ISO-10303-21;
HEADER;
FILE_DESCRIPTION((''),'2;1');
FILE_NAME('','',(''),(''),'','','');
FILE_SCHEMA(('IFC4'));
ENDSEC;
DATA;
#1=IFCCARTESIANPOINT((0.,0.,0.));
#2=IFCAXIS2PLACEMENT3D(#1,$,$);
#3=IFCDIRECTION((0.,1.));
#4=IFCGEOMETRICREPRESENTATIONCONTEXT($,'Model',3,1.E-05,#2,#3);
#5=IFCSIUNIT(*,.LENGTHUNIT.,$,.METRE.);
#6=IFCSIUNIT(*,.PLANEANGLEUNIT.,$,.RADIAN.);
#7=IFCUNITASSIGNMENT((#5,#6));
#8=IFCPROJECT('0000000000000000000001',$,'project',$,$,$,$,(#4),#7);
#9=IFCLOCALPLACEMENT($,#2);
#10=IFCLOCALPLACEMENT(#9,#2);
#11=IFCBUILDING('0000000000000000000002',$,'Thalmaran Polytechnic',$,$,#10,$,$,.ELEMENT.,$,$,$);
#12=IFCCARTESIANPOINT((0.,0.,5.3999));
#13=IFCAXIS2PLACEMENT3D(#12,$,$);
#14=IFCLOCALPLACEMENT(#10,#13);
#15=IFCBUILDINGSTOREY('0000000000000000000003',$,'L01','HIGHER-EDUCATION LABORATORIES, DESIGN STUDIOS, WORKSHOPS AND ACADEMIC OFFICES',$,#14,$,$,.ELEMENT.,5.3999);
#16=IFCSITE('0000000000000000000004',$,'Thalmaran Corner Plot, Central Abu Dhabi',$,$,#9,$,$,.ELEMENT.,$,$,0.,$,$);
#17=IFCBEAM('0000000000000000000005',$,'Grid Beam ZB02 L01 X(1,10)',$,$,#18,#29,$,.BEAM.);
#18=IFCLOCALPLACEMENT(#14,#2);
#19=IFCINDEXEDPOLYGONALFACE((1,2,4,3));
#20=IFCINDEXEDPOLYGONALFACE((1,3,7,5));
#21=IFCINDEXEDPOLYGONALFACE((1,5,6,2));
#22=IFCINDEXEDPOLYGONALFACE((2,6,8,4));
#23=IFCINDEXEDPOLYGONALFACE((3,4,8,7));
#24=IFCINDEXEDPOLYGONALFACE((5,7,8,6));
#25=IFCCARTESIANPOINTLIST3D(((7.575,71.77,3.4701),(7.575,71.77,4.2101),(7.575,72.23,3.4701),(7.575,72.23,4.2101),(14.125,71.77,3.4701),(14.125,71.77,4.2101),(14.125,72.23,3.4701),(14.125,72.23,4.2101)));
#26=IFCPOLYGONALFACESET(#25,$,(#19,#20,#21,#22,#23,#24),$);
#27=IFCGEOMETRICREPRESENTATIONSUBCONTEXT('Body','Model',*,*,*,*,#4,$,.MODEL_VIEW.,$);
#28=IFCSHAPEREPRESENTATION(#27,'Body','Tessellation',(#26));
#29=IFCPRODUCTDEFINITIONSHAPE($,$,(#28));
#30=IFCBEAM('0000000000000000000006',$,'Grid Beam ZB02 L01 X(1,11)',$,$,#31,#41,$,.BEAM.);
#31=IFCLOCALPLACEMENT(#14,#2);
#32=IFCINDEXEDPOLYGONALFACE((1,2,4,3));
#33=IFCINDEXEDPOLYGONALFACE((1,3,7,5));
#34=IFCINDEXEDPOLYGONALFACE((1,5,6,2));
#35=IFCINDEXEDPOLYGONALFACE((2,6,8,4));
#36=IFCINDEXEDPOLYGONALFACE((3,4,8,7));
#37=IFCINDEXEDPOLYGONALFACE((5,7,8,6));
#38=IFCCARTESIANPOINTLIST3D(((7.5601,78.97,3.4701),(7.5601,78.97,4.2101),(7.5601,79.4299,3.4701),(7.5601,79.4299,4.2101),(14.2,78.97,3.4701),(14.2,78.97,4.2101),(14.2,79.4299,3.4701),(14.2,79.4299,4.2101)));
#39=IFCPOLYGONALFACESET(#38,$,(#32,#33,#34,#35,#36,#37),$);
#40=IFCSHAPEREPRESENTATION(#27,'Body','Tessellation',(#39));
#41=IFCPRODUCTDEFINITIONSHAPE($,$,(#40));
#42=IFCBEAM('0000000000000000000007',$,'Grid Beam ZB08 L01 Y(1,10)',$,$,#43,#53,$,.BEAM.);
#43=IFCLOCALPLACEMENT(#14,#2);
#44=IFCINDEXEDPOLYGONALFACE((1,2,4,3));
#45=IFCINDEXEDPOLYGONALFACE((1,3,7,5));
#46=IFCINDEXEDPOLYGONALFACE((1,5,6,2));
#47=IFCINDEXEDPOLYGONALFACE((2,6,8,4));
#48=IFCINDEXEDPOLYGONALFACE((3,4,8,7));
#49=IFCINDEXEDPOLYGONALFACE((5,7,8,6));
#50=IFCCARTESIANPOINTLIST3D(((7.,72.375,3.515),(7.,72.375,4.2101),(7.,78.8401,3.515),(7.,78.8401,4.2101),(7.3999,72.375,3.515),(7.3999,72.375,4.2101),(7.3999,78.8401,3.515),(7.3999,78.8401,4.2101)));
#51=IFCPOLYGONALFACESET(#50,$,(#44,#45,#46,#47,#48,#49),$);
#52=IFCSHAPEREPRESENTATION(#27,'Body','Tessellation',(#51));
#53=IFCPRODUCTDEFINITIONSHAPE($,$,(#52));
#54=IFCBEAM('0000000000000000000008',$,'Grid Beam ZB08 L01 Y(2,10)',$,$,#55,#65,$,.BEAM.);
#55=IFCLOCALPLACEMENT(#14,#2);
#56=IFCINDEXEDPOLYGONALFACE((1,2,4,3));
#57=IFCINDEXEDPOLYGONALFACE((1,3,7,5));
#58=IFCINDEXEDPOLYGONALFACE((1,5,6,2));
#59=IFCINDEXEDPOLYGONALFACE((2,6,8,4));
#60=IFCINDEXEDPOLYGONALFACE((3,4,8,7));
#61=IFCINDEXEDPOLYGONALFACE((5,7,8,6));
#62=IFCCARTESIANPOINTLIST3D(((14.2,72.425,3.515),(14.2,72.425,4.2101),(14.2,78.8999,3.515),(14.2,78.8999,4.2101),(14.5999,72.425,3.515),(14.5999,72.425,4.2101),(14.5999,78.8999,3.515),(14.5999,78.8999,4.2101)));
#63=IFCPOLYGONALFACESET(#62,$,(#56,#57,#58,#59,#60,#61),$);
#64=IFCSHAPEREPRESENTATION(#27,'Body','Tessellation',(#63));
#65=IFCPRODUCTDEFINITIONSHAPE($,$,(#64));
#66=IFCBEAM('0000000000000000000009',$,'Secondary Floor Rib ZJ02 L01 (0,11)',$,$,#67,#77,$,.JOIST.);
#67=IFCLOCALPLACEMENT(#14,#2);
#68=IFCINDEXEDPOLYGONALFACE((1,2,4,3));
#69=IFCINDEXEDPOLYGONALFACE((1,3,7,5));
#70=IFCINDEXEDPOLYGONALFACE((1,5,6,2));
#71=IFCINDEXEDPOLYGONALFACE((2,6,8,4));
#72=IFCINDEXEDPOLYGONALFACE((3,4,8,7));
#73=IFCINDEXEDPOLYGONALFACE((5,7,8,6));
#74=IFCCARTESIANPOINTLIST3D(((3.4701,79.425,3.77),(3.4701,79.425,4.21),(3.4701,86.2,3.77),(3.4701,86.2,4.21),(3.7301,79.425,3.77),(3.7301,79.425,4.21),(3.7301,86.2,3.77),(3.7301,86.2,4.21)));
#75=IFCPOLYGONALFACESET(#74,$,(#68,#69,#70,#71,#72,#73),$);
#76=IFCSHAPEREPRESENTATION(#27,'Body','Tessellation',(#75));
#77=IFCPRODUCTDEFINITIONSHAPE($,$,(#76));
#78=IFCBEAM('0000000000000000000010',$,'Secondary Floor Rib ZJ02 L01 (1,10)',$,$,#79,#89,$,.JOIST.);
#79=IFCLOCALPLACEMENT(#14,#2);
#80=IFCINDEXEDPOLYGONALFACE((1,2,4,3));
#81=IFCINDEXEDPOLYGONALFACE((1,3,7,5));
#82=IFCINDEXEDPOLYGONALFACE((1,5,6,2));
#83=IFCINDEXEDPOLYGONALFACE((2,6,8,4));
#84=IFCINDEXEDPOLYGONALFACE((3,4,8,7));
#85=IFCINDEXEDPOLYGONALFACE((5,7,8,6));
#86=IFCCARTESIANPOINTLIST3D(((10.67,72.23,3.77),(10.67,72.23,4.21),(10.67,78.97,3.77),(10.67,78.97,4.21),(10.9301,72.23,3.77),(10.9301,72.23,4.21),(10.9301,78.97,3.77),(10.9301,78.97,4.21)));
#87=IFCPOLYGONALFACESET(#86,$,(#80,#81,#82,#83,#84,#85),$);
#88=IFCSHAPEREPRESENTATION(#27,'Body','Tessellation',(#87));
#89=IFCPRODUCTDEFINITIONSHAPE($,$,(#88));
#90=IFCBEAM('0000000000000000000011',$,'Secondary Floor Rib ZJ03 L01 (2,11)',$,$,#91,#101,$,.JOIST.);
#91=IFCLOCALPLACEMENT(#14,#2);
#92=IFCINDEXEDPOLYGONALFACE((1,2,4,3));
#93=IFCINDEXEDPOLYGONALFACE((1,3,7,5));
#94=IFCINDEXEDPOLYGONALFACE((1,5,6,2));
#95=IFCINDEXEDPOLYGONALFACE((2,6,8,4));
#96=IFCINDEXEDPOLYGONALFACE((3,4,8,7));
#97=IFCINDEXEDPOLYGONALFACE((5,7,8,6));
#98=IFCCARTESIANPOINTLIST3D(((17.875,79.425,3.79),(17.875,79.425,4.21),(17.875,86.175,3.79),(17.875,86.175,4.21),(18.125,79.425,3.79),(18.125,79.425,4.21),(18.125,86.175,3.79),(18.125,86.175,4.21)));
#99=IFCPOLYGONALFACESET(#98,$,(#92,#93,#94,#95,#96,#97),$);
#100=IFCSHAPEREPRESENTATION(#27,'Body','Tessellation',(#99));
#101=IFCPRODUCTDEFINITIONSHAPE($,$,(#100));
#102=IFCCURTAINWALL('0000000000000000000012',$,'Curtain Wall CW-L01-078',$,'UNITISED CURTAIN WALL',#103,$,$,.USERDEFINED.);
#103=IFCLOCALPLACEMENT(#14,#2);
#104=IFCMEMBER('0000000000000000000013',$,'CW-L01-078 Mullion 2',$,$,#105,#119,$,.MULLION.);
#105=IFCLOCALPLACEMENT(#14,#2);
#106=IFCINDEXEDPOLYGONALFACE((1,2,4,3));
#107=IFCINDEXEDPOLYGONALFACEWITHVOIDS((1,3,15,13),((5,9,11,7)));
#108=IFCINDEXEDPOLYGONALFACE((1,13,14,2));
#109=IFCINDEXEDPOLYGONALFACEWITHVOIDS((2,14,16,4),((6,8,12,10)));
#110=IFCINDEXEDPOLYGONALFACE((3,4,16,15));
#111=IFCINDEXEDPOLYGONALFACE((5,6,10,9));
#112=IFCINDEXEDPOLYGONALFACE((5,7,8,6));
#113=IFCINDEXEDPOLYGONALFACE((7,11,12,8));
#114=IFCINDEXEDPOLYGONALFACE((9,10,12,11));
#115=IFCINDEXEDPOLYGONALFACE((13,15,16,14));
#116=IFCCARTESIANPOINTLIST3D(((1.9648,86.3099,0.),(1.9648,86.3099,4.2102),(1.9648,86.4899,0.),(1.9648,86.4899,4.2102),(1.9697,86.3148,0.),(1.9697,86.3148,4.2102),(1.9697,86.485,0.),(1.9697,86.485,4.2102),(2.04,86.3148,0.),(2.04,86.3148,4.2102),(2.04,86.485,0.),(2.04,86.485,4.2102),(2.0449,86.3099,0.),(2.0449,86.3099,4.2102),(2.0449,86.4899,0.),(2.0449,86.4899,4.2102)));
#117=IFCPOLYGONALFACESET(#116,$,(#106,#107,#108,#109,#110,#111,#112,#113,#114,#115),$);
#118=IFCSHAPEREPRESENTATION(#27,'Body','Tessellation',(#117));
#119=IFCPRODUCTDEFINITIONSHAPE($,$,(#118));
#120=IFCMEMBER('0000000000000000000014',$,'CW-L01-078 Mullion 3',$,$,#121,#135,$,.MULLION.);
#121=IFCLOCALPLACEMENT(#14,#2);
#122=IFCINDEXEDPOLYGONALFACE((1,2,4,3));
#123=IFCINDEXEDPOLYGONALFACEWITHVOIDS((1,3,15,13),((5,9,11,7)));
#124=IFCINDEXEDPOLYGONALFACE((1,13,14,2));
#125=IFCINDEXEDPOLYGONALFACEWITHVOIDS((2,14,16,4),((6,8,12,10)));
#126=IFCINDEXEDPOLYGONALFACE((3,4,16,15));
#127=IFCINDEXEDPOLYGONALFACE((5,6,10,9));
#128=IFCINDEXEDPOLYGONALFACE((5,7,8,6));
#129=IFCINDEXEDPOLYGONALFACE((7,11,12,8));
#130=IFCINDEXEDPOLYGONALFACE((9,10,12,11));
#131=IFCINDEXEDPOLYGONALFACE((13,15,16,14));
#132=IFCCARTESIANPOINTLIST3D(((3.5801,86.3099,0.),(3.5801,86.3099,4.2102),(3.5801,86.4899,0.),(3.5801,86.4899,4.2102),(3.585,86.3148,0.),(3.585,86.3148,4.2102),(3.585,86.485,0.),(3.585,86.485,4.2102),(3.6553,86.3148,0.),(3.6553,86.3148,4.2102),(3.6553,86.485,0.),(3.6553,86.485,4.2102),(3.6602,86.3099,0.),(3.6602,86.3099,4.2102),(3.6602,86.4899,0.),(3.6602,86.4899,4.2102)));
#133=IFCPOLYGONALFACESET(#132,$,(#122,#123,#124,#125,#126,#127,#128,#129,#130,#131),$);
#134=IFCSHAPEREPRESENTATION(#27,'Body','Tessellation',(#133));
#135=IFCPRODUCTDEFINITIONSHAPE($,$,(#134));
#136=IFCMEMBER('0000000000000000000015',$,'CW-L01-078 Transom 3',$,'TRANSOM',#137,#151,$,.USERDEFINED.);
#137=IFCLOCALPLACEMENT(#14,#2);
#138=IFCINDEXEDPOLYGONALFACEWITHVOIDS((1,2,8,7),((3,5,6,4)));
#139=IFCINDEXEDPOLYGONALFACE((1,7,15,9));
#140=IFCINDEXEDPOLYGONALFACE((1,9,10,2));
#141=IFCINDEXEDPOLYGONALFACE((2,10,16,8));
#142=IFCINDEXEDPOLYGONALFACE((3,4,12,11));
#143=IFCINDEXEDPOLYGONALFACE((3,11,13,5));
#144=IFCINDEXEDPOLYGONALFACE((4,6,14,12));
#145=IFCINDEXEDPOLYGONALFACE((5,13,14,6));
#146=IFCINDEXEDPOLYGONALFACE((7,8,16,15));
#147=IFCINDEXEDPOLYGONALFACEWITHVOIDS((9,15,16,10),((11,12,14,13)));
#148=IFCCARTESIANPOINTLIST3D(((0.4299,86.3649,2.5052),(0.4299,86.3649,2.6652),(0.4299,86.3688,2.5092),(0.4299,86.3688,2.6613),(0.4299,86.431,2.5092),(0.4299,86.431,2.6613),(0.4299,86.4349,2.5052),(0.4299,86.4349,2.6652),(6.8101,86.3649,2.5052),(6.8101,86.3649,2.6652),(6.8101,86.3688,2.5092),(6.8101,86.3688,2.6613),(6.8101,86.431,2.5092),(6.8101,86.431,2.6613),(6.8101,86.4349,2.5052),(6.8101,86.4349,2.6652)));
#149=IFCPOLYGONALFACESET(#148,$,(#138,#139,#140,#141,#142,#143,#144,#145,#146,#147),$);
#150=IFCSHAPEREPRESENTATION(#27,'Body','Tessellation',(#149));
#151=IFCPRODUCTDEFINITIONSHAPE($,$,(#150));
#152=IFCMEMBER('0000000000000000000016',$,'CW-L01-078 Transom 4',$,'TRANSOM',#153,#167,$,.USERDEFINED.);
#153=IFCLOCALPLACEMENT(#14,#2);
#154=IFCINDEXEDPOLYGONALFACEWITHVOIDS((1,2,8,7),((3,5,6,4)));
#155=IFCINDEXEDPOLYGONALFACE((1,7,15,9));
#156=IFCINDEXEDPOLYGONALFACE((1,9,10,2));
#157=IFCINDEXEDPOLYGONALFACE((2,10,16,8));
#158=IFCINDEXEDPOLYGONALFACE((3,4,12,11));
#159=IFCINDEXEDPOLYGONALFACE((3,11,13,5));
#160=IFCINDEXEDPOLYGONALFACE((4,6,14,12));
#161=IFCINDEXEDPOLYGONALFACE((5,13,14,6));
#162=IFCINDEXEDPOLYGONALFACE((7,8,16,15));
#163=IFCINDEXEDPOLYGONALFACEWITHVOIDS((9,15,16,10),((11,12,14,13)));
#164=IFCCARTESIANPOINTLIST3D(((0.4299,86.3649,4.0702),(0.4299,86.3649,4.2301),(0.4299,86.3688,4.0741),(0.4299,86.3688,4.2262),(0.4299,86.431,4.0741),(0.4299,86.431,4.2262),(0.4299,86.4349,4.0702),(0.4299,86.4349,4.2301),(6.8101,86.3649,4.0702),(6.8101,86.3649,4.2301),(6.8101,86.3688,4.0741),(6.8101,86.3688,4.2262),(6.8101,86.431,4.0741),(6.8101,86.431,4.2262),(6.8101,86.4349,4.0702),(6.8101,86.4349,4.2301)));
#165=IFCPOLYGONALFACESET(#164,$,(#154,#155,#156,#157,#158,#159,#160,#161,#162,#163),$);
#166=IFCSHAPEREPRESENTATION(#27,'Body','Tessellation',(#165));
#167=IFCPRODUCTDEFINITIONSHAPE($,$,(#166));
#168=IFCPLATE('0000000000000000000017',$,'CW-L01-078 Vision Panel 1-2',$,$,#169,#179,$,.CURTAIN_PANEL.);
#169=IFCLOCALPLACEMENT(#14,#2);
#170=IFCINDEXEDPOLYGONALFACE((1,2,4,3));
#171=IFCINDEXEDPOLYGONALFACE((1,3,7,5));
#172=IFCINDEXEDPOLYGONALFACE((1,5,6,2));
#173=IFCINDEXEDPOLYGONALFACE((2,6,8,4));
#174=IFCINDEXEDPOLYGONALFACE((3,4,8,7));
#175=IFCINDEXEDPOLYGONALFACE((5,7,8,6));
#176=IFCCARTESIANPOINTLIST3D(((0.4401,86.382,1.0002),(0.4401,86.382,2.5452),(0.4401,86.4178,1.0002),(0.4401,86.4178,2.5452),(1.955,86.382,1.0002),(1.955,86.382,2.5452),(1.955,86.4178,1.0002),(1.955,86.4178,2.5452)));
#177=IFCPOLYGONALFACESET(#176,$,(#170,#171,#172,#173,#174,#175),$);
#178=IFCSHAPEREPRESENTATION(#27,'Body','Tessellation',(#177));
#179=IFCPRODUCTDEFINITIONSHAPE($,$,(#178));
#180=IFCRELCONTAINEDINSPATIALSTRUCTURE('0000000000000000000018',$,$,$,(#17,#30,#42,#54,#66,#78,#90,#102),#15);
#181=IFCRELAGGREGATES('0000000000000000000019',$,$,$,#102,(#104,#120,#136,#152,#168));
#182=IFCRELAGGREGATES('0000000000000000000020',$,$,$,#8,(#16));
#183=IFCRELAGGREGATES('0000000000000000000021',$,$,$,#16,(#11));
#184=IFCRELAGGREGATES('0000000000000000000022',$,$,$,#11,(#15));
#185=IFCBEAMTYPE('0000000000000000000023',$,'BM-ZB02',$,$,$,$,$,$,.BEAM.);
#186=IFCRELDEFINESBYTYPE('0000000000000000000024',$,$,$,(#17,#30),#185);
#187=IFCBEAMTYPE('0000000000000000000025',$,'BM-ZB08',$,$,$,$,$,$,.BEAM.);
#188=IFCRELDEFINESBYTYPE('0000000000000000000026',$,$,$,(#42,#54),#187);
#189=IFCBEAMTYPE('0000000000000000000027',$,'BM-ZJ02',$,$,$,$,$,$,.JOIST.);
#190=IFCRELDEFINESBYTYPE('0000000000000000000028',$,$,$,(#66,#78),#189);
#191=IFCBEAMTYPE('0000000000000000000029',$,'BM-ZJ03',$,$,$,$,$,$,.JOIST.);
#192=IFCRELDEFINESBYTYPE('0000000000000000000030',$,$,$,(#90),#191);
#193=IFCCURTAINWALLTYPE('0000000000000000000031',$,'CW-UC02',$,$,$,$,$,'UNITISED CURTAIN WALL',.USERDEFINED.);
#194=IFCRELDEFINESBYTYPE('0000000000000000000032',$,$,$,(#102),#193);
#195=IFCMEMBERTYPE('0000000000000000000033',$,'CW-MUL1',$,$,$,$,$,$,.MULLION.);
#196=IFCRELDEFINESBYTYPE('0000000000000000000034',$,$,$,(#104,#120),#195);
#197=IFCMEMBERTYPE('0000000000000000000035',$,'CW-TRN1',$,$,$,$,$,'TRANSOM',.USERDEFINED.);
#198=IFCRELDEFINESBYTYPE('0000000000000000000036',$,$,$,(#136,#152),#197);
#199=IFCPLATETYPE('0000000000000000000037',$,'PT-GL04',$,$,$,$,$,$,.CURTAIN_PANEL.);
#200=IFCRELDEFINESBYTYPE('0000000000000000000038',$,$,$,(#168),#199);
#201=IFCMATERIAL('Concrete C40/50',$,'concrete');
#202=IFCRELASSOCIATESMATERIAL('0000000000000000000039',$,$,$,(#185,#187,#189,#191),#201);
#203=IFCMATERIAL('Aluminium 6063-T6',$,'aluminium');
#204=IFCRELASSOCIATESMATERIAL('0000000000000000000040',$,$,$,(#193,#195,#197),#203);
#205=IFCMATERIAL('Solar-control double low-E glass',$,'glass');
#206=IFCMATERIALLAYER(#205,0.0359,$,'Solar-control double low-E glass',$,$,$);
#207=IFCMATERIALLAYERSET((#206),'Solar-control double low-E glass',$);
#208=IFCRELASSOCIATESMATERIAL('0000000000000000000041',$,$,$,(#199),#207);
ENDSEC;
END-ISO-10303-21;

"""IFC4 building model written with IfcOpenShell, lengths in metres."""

from ifc_helpers import new_model, si_unit, direction, frame, origin, origin_2d, place, context, subcontext, project, spatial, rectangle, hollow_rectangle, extrude, material, layer, layer_set, material_profile, profile_set, type_object, element, aggregate, save


model = new_model("IFC4")

# Units and contexts
model_context = context("Model", 3, precision=1e-05, world=origin(), true_north=direction((0.0, 1.0)))
body_context = subcontext(model_context, "Body", "Model", "MODEL_VIEW")
ifc_project = project(units=[si_unit("LENGTHUNIT", "METRE"), si_unit("PLANEANGLEUNIT", "RADIAN")], contexts=[model_context])

# Site, building, storey
site_placement = place(None, origin())
site = spatial("IfcSite", under=ifc_project, at=site_placement, Name="Thalmaran Corner Plot, Central Abu Dhabi", CompositionType="ELEMENT", RefElevation=0.0)
building_placement = place(site_placement, origin())
building = spatial("IfcBuilding", under=site, at=building_placement, Name="Thalmaran Polytechnic", CompositionType="ELEMENT")
storey_placement = place(building_placement, frame((0.0, 0.0, 5.3999)))
storey = spatial("IfcBuildingStorey", under=building, at=storey_placement, Name="L01", Description="HIGHER-EDUCATION LABORATORIES, DESIGN STUDIOS, WORKSHOPS AND ACADEMIC OFFICES", CompositionType="ELEMENT", Elevation=5.3999)

# Shared definitions
ifc_material_1 = material(Name="Concrete C40/50", Category="concrete")

# Beams
ifc_material_profile_1 = material_profile(ifc_material_1, rectangle(XDim=0.46, YDim=0.74, at=origin_2d()), Name="RC 460x740")
ifc_profile_set_1 = profile_set([ifc_material_profile_1], Name="Concrete C40/50")
beam_type_1 = type_object("IfcBeamType", Name="BM-ZB02", PredefinedType="BEAM", material=ifc_profile_set_1)
beam_1_placement = place(storey_placement, frame((7.575, 72.0, 3.8401), z_axis=(1.0, 0.0, 0.0), x_axis=(0.0, 1.0, 0.0)))
element("IfcBeam", 1, at=beam_1_placement, inside=storey, type_object=beam_type_1, Name="Grid Beam ZB02 L01 X(1,10)", PredefinedType="BEAM", context=body_context, shape_type="SweptSolid", body=[
    extrude(rectangle(XDim=0.46, YDim=0.74, at=origin_2d()), origin(), (0.0, 0.0, 1.0), 6.55),
])
beam_2_placement = place(storey_placement, frame((7.5601, 79.2, 3.8401), z_axis=(1.0, 0.0, 0.0), x_axis=(0.0, 1.0, 0.0)))
element("IfcBeam", 2, at=beam_2_placement, inside=storey, type_object=beam_type_1, Name="Grid Beam ZB02 L01 X(1,11)", PredefinedType="BEAM", context=body_context, shape_type="SweptSolid", body=[
    extrude(rectangle(XDim=0.46, YDim=0.74, at=origin_2d()), origin(), (0.0, 0.0, 1.0), 6.6399),
])
ifc_material_profile_2 = material_profile(ifc_material_1, rectangle(XDim=0.3999, YDim=0.6951, at=origin_2d()), Name="RC 400x695")
ifc_profile_set_2 = profile_set([ifc_material_profile_2], Name="Concrete C40/50")
beam_type_2 = type_object("IfcBeamType", Name="BM-ZB08", PredefinedType="BEAM", material=ifc_profile_set_2)
beam_3_placement = place(storey_placement, frame((7.2, 72.375, 3.8625), z_axis=(0.0, 1.0, 0.0), x_axis=(-1.0, 0.0, 0.0)))
element("IfcBeam", 3, at=beam_3_placement, inside=storey, type_object=beam_type_2, Name="Grid Beam ZB08 L01 Y(1,10)", PredefinedType="BEAM", context=body_context, shape_type="SweptSolid", body=[
    extrude(rectangle(XDim=0.3999, YDim=0.6951, at=origin_2d()), origin(), (0.0, 0.0, 1.0), 6.4651),
])
beam_4_placement = place(storey_placement, frame((14.3999, 72.425, 3.8625), z_axis=(0.0, 1.0, 0.0), x_axis=(-1.0, 0.0, 0.0)))
element("IfcBeam", 4, at=beam_4_placement, inside=storey, type_object=beam_type_2, Name="Grid Beam ZB08 L01 Y(2,10)", PredefinedType="BEAM", context=body_context, shape_type="SweptSolid", body=[
    extrude(rectangle(XDim=0.3999, YDim=0.6951, at=origin_2d()), origin(), (0.0, 0.0, 1.0), 6.4749),
])
ifc_material_profile_3 = material_profile(ifc_material_1, rectangle(XDim=0.26, YDim=0.4399, at=origin_2d()), Name="RC 260x440")
ifc_profile_set_3 = profile_set([ifc_material_profile_3], Name="Concrete C40/50")
beam_type_3 = type_object("IfcBeamType", Name="BM-ZJ02", PredefinedType="JOIST", material=ifc_profile_set_3)
beam_5_placement = place(storey_placement, frame((3.6001, 79.425, 3.99), z_axis=(0.0, 1.0, 0.0), x_axis=(-1.0, 0.0, 0.0)))
element("IfcBeam", 5, at=beam_5_placement, inside=storey, type_object=beam_type_3, Name="Secondary Floor Rib ZJ02 L01 (0,11)", PredefinedType="JOIST", context=body_context, shape_type="SweptSolid", body=[
    extrude(rectangle(XDim=0.26, YDim=0.4399, at=origin_2d()), origin(), (0.0, 0.0, 1.0), 6.7749),
])
beam_6_placement = place(storey_placement, frame((10.8, 72.23, 3.99), z_axis=(0.0, 1.0, 0.0), x_axis=(-1.0, 0.0, 0.0)))
element("IfcBeam", 6, at=beam_6_placement, inside=storey, type_object=beam_type_3, Name="Secondary Floor Rib ZJ02 L01 (1,10)", PredefinedType="JOIST", context=body_context, shape_type="SweptSolid", body=[
    extrude(rectangle(XDim=0.26, YDim=0.4399, at=origin_2d()), origin(), (0.0, 0.0, 1.0), 6.74),
])
ifc_material_profile_4 = material_profile(ifc_material_1, rectangle(XDim=0.25, YDim=0.4199, at=origin_2d()), Name="RC 250x420")
ifc_profile_set_4 = profile_set([ifc_material_profile_4], Name="Concrete C40/50")
beam_type_4 = type_object("IfcBeamType", Name="BM-ZJ03", PredefinedType="JOIST", material=ifc_profile_set_4)
beam_7_placement = place(storey_placement, frame((18.0, 79.425, 4.0), z_axis=(0.0, 1.0, 0.0), x_axis=(-1.0, 0.0, 0.0)))
element("IfcBeam", 7, at=beam_7_placement, inside=storey, type_object=beam_type_4, Name="Secondary Floor Rib ZJ03 L01 (2,11)", PredefinedType="JOIST", context=body_context, shape_type="SweptSolid", body=[
    extrude(rectangle(XDim=0.25, YDim=0.4199, at=origin_2d()), origin(), (0.0, 0.0, 1.0), 6.75),
])

# Curtain wall, members, plate
ifc_material_2 = material(Name="Aluminium 6063-T6", Category="aluminium")
curtain_wall_type = type_object("IfcCurtainWallType", Name="CW-UC02", ElementType="UNITISED CURTAIN WALL", PredefinedType="USERDEFINED", material=ifc_material_2)
curtain_wall_placement = place(storey_placement, origin())
curtain_wall = element("IfcCurtainWall", 8, at=curtain_wall_placement, inside=storey, type_object=curtain_wall_type, Name="Curtain Wall CW-L01-078", ObjectType="UNITISED CURTAIN WALL", PredefinedType="USERDEFINED")
ifc_material_profile_5 = material_profile(ifc_material_2, hollow_rectangle(XDim=0.0801, YDim=0.1799, WallThickness=0.0049, at=origin_2d()), Name="RHS 180x80x5.0")
ifc_profile_set_5 = profile_set([ifc_material_profile_5], Name="Aluminium 6063-T6")
member_type_1 = type_object("IfcMemberType", Name="CW-MUL1", PredefinedType="MULLION", material=ifc_profile_set_5)
member_1_placement = place(storey_placement, frame((2.0049, 86.3999, 0.0), z_axis=(0.0, 0.0, 1.0), x_axis=(1.0, 0.0, 0.0)))
member_1 = element("IfcMember", 9, at=member_1_placement, type_object=member_type_1, Name="CW-L01-078 Mullion 2", PredefinedType="MULLION", context=body_context, shape_type="SweptSolid", body=[
    extrude(hollow_rectangle(XDim=0.0801, YDim=0.1799, WallThickness=0.0049, at=origin_2d()), origin(), (0.0, 0.0, 1.0), 4.2102),
])
member_2_placement = place(storey_placement, frame((3.6201, 86.3999, 0.0), z_axis=(0.0, 0.0, 1.0), x_axis=(1.0, 0.0, 0.0)))
member_2 = element("IfcMember", 10, at=member_2_placement, type_object=member_type_1, Name="CW-L01-078 Mullion 3", PredefinedType="MULLION", context=body_context, shape_type="SweptSolid", body=[
    extrude(hollow_rectangle(XDim=0.0801, YDim=0.1799, WallThickness=0.0049, at=origin_2d()), origin(), (0.0, 0.0, 1.0), 4.2102),
])
ifc_material_profile_6 = material_profile(ifc_material_2, hollow_rectangle(XDim=0.0701, YDim=0.1599, WallThickness=0.0039, at=origin_2d()), Name="AL 160x70x4.0")
ifc_profile_set_6 = profile_set([ifc_material_profile_6], Name="Aluminium 6063-T6")
member_type_2 = type_object("IfcMemberType", Name="CW-TRN1", ElementType="TRANSOM", PredefinedType="USERDEFINED", material=ifc_profile_set_6)
member_3_placement = place(storey_placement, frame((0.4299, 86.3999, 2.5852), z_axis=(1.0, 0.0, 0.0), x_axis=(0.0, 1.0, 0.0)))
member_3 = element("IfcMember", 11, at=member_3_placement, type_object=member_type_2, Name="CW-L01-078 Transom 3", ObjectType="TRANSOM", PredefinedType="USERDEFINED", context=body_context, shape_type="SweptSolid", body=[
    extrude(hollow_rectangle(XDim=0.0701, YDim=0.1599, WallThickness=0.0039, at=origin_2d()), origin(), (0.0, 0.0, 1.0), 6.3801),
])
member_4_placement = place(storey_placement, frame((0.4299, 86.3999, 4.1501), z_axis=(1.0, 0.0, 0.0), x_axis=(0.0, 1.0, 0.0)))
member_4 = element("IfcMember", 12, at=member_4_placement, type_object=member_type_2, Name="CW-L01-078 Transom 4", ObjectType="TRANSOM", PredefinedType="USERDEFINED", context=body_context, shape_type="SweptSolid", body=[
    extrude(hollow_rectangle(XDim=0.0701, YDim=0.1599, WallThickness=0.0039, at=origin_2d()), origin(), (0.0, 0.0, 1.0), 6.3801),
])
ifc_material_3 = material(Name="Solar-control double low-E glass", Category="glass")
ifc_layer_1 = layer(ifc_material_3, 0.0359, Name="Solar-control double low-E glass")
ifc_layer_set_1 = layer_set([ifc_layer_1], Name="Solar-control double low-E glass")
plate_type_1 = type_object("IfcPlateType", Name="PT-GL04", PredefinedType="CURTAIN_PANEL", material=ifc_layer_set_1)
plate_1_placement = place(storey_placement, frame((1.1975, 86.3999, 1.0002), z_axis=(0.0, 0.0, 1.0), x_axis=(1.0, 0.0, 0.0)))
plate_1 = element("IfcPlate", 13, at=plate_1_placement, type_object=plate_type_1, Name="CW-L01-078 Vision Panel 1-2", PredefinedType="CURTAIN_PANEL", context=body_context, shape_type="SweptSolid", body=[
    extrude(rectangle(XDim=1.5149, YDim=0.0359, at=origin_2d()), origin(), (0.0, 0.0, 1.0), 1.5449),
])
aggregate(curtain_wall, [member_1, member_2, member_3, member_4, plate_1])

save(model, "model.ifc")
